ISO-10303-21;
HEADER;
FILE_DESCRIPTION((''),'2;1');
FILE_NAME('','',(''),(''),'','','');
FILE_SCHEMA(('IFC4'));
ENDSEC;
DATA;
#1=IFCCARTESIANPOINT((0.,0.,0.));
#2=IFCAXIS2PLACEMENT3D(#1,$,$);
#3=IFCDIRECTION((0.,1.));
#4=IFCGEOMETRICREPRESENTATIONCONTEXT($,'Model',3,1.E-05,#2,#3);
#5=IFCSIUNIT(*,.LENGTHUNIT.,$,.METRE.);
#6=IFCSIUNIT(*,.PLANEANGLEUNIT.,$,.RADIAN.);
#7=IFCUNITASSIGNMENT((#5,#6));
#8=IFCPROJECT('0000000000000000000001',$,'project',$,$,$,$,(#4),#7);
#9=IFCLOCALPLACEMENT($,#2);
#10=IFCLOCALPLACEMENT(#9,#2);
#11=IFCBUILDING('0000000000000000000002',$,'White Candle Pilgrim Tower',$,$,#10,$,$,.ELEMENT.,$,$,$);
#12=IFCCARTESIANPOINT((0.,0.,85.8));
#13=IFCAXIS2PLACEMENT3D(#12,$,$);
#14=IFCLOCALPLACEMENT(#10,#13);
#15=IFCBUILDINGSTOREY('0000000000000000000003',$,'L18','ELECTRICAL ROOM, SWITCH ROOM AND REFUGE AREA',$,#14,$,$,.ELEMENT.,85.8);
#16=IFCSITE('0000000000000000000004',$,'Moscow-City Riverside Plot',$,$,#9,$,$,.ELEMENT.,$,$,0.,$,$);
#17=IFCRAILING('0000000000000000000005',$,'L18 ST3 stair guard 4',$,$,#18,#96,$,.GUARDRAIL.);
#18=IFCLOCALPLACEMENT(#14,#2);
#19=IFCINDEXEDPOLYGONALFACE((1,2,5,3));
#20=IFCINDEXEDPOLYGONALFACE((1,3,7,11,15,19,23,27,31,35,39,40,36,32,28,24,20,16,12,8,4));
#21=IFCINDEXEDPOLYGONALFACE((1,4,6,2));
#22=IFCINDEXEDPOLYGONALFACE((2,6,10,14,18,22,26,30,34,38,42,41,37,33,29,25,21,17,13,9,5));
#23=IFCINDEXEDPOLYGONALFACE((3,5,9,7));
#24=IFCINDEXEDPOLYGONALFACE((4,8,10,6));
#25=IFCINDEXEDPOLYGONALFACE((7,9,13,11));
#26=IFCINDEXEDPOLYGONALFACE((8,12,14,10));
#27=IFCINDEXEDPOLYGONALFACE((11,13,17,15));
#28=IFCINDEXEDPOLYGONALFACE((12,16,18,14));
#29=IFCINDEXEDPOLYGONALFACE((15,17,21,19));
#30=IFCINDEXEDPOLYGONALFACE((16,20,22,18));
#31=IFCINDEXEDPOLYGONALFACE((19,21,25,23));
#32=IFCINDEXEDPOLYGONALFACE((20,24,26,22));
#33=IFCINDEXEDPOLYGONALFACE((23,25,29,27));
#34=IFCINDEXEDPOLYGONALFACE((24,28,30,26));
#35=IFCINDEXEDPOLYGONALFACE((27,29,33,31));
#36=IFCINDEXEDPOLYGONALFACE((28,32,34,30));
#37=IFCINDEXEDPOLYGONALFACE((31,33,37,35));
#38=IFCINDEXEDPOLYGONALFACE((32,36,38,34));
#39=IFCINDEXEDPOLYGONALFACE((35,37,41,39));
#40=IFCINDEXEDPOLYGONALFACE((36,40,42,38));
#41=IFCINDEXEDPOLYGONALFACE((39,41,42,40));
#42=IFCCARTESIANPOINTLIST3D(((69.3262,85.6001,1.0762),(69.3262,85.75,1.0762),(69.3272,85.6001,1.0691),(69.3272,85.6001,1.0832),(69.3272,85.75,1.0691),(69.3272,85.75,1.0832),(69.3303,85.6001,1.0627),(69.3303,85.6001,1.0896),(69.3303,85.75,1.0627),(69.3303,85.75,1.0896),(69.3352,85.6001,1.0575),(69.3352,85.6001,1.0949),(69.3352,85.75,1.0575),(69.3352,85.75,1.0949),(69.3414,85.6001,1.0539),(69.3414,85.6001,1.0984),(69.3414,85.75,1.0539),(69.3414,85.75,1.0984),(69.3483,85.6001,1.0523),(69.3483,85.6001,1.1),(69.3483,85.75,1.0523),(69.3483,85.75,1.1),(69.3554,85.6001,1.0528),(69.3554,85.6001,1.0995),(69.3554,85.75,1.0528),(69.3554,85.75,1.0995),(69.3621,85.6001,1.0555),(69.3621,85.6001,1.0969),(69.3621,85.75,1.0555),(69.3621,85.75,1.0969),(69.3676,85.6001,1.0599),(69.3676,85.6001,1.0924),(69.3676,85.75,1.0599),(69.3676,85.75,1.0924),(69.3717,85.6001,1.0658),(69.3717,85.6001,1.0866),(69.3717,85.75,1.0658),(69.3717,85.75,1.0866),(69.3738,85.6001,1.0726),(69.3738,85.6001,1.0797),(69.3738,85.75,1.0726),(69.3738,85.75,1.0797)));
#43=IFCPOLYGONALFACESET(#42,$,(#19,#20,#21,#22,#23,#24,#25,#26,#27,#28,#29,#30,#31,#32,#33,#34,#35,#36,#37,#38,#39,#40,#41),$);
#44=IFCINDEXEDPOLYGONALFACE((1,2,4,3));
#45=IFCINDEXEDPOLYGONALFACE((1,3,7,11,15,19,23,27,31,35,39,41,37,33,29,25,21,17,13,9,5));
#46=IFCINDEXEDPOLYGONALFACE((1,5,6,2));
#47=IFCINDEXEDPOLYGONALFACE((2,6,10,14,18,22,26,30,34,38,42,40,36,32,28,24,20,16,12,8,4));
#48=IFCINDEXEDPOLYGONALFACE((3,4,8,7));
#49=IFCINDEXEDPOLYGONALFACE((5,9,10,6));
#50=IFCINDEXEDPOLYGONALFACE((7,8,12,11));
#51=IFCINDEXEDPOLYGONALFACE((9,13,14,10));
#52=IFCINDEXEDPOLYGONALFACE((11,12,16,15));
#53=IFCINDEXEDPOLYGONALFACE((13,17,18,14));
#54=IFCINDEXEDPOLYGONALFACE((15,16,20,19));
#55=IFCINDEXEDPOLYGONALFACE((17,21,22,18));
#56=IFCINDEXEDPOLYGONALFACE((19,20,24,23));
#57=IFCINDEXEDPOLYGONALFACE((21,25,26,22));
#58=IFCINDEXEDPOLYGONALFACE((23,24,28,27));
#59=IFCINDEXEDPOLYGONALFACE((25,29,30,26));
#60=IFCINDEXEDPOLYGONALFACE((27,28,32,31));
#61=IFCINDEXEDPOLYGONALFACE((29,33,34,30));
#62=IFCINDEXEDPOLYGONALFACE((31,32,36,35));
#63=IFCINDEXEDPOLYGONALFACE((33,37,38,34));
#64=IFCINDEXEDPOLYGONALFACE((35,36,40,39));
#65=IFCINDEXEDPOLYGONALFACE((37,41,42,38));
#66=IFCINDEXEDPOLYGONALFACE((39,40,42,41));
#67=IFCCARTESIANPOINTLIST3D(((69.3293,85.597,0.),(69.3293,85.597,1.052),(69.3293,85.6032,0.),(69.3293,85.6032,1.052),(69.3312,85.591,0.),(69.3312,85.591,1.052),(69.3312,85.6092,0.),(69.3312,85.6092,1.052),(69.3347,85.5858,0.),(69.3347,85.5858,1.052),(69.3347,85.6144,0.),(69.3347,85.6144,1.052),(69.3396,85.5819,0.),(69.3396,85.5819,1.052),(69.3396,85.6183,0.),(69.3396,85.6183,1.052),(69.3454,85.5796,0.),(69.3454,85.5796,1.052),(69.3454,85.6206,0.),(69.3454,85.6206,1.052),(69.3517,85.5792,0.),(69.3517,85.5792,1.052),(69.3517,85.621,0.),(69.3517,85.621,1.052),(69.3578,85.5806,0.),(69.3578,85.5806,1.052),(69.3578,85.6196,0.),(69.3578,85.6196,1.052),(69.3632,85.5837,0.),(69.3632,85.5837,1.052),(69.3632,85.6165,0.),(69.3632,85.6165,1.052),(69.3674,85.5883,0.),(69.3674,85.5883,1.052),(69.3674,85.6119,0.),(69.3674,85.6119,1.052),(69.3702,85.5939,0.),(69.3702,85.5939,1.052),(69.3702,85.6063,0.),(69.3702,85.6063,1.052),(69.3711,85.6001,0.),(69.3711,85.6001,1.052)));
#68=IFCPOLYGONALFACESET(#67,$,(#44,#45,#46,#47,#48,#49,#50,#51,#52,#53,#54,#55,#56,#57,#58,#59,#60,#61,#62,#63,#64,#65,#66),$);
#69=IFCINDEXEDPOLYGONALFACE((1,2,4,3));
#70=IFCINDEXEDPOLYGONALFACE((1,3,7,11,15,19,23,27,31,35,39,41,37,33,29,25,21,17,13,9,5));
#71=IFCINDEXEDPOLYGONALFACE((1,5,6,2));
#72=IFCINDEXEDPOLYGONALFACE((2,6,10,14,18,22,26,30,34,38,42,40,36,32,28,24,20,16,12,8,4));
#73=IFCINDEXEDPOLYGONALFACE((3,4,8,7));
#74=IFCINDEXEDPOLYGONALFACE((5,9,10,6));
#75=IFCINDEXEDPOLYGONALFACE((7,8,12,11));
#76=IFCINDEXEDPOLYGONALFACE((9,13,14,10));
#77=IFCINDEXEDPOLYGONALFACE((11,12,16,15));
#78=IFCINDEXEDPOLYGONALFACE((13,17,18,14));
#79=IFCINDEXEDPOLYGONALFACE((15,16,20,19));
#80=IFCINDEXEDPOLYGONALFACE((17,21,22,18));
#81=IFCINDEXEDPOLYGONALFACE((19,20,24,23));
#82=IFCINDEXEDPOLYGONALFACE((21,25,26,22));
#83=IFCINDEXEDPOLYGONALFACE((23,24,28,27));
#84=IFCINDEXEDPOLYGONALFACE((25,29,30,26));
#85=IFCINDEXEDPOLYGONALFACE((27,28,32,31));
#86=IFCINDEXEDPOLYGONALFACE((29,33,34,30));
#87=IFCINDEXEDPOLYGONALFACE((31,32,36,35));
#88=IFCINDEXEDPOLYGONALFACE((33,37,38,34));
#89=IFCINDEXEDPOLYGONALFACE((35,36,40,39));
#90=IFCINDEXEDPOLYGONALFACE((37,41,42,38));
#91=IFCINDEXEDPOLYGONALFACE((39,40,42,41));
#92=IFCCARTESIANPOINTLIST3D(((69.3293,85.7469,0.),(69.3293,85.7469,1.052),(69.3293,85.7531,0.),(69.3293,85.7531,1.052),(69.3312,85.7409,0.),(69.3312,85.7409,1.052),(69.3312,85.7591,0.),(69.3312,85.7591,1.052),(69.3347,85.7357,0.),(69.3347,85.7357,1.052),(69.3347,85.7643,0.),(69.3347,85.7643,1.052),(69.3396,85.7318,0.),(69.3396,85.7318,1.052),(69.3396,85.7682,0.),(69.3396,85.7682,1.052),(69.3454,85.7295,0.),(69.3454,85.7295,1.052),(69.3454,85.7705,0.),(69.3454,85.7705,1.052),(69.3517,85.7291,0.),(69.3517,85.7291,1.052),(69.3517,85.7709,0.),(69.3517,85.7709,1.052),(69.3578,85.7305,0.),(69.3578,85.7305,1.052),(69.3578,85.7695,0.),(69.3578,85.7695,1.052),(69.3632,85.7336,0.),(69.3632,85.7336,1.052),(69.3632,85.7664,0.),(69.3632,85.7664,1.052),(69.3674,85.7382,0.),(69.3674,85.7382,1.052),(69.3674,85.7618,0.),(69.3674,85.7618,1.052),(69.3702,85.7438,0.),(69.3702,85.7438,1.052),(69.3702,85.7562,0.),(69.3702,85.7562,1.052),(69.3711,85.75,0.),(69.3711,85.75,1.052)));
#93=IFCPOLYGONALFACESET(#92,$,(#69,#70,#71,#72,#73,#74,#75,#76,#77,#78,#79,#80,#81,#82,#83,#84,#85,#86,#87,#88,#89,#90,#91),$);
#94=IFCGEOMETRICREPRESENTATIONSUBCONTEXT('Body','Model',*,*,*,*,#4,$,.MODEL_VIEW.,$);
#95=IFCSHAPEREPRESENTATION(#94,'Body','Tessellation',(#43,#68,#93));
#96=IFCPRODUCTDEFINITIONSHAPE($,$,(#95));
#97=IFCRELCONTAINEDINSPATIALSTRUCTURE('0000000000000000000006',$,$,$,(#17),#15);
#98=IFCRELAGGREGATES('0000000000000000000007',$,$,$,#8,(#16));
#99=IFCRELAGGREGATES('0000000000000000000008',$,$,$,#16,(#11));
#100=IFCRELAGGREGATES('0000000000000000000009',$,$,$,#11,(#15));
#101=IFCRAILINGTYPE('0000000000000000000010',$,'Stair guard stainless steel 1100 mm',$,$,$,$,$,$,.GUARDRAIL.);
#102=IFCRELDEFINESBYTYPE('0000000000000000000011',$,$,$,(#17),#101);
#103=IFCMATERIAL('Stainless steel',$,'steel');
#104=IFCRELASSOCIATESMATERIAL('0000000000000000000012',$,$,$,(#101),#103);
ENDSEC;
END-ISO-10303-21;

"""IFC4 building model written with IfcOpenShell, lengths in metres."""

from ifc_helpers import new_model, si_unit, direction, frame, origin, origin_2d, place, context, subcontext, project, spatial, circle, extrude, material, type_object, element, save


model = new_model("IFC4")

# Units and contexts
model_context = context("Model", 3, precision=1e-05, world=origin(), true_north=direction((0.0, 1.0)))
body_context = subcontext(model_context, "Body", "Model", "MODEL_VIEW")
ifc_project = project(units=[si_unit("LENGTHUNIT", "METRE"), si_unit("PLANEANGLEUNIT", "RADIAN")], contexts=[model_context])

# Site, building, storey
site_placement = place(None, origin())
site = spatial("IfcSite", under=ifc_project, at=site_placement, Name="Moscow-City Riverside Plot", CompositionType="ELEMENT", RefElevation=0.0)
building_placement = place(site_placement, origin())
building = spatial("IfcBuilding", under=site, at=building_placement, Name="White Candle Pilgrim Tower", CompositionType="ELEMENT")
storey_placement = place(building_placement, frame((0.0, 0.0, 85.8)))
storey = spatial("IfcBuildingStorey", under=building, at=storey_placement, Name="L18", Description="ELECTRICAL ROOM, SWITCH ROOM AND REFUGE AREA", CompositionType="ELEMENT", Elevation=85.8)

# Railing
ifc_material_1 = material(Name="Stainless steel", Category="steel")
railing_type_1 = type_object("IfcRailingType", Name="Stair guard stainless steel 1100 mm", PredefinedType="GUARDRAIL", material=ifc_material_1)
railing_1_placement = place(storey_placement, frame((69.3501, 85.6001, 0.0)))
element("IfcRailing", 1, at=railing_1_placement, inside=storey, type_object=railing_type_1, Name="L18 ST3 stair guard 4", PredefinedType="GUARDRAIL", context=body_context, shape_type="SweptSolid", body=[
    extrude(circle(Radius=0.0239, at=origin_2d()), frame((0.0, 0.0, 1.0762), z_axis=(0.0, 1.0, 0.0), x_axis=(-1.0, 0.0, 0.0)), (0.0, 0.0, 1.0), 0.1499),
    extrude(circle(Radius=0.021, at=origin_2d()), origin(), (0.0, 0.0, 1.0), 1.052),
    extrude(circle(Radius=0.021, at=origin_2d()), frame((0.0, 0.1499, 0.0)), (0.0, 0.0, 1.0), 1.052),
])

save(model, "model.ifc")
